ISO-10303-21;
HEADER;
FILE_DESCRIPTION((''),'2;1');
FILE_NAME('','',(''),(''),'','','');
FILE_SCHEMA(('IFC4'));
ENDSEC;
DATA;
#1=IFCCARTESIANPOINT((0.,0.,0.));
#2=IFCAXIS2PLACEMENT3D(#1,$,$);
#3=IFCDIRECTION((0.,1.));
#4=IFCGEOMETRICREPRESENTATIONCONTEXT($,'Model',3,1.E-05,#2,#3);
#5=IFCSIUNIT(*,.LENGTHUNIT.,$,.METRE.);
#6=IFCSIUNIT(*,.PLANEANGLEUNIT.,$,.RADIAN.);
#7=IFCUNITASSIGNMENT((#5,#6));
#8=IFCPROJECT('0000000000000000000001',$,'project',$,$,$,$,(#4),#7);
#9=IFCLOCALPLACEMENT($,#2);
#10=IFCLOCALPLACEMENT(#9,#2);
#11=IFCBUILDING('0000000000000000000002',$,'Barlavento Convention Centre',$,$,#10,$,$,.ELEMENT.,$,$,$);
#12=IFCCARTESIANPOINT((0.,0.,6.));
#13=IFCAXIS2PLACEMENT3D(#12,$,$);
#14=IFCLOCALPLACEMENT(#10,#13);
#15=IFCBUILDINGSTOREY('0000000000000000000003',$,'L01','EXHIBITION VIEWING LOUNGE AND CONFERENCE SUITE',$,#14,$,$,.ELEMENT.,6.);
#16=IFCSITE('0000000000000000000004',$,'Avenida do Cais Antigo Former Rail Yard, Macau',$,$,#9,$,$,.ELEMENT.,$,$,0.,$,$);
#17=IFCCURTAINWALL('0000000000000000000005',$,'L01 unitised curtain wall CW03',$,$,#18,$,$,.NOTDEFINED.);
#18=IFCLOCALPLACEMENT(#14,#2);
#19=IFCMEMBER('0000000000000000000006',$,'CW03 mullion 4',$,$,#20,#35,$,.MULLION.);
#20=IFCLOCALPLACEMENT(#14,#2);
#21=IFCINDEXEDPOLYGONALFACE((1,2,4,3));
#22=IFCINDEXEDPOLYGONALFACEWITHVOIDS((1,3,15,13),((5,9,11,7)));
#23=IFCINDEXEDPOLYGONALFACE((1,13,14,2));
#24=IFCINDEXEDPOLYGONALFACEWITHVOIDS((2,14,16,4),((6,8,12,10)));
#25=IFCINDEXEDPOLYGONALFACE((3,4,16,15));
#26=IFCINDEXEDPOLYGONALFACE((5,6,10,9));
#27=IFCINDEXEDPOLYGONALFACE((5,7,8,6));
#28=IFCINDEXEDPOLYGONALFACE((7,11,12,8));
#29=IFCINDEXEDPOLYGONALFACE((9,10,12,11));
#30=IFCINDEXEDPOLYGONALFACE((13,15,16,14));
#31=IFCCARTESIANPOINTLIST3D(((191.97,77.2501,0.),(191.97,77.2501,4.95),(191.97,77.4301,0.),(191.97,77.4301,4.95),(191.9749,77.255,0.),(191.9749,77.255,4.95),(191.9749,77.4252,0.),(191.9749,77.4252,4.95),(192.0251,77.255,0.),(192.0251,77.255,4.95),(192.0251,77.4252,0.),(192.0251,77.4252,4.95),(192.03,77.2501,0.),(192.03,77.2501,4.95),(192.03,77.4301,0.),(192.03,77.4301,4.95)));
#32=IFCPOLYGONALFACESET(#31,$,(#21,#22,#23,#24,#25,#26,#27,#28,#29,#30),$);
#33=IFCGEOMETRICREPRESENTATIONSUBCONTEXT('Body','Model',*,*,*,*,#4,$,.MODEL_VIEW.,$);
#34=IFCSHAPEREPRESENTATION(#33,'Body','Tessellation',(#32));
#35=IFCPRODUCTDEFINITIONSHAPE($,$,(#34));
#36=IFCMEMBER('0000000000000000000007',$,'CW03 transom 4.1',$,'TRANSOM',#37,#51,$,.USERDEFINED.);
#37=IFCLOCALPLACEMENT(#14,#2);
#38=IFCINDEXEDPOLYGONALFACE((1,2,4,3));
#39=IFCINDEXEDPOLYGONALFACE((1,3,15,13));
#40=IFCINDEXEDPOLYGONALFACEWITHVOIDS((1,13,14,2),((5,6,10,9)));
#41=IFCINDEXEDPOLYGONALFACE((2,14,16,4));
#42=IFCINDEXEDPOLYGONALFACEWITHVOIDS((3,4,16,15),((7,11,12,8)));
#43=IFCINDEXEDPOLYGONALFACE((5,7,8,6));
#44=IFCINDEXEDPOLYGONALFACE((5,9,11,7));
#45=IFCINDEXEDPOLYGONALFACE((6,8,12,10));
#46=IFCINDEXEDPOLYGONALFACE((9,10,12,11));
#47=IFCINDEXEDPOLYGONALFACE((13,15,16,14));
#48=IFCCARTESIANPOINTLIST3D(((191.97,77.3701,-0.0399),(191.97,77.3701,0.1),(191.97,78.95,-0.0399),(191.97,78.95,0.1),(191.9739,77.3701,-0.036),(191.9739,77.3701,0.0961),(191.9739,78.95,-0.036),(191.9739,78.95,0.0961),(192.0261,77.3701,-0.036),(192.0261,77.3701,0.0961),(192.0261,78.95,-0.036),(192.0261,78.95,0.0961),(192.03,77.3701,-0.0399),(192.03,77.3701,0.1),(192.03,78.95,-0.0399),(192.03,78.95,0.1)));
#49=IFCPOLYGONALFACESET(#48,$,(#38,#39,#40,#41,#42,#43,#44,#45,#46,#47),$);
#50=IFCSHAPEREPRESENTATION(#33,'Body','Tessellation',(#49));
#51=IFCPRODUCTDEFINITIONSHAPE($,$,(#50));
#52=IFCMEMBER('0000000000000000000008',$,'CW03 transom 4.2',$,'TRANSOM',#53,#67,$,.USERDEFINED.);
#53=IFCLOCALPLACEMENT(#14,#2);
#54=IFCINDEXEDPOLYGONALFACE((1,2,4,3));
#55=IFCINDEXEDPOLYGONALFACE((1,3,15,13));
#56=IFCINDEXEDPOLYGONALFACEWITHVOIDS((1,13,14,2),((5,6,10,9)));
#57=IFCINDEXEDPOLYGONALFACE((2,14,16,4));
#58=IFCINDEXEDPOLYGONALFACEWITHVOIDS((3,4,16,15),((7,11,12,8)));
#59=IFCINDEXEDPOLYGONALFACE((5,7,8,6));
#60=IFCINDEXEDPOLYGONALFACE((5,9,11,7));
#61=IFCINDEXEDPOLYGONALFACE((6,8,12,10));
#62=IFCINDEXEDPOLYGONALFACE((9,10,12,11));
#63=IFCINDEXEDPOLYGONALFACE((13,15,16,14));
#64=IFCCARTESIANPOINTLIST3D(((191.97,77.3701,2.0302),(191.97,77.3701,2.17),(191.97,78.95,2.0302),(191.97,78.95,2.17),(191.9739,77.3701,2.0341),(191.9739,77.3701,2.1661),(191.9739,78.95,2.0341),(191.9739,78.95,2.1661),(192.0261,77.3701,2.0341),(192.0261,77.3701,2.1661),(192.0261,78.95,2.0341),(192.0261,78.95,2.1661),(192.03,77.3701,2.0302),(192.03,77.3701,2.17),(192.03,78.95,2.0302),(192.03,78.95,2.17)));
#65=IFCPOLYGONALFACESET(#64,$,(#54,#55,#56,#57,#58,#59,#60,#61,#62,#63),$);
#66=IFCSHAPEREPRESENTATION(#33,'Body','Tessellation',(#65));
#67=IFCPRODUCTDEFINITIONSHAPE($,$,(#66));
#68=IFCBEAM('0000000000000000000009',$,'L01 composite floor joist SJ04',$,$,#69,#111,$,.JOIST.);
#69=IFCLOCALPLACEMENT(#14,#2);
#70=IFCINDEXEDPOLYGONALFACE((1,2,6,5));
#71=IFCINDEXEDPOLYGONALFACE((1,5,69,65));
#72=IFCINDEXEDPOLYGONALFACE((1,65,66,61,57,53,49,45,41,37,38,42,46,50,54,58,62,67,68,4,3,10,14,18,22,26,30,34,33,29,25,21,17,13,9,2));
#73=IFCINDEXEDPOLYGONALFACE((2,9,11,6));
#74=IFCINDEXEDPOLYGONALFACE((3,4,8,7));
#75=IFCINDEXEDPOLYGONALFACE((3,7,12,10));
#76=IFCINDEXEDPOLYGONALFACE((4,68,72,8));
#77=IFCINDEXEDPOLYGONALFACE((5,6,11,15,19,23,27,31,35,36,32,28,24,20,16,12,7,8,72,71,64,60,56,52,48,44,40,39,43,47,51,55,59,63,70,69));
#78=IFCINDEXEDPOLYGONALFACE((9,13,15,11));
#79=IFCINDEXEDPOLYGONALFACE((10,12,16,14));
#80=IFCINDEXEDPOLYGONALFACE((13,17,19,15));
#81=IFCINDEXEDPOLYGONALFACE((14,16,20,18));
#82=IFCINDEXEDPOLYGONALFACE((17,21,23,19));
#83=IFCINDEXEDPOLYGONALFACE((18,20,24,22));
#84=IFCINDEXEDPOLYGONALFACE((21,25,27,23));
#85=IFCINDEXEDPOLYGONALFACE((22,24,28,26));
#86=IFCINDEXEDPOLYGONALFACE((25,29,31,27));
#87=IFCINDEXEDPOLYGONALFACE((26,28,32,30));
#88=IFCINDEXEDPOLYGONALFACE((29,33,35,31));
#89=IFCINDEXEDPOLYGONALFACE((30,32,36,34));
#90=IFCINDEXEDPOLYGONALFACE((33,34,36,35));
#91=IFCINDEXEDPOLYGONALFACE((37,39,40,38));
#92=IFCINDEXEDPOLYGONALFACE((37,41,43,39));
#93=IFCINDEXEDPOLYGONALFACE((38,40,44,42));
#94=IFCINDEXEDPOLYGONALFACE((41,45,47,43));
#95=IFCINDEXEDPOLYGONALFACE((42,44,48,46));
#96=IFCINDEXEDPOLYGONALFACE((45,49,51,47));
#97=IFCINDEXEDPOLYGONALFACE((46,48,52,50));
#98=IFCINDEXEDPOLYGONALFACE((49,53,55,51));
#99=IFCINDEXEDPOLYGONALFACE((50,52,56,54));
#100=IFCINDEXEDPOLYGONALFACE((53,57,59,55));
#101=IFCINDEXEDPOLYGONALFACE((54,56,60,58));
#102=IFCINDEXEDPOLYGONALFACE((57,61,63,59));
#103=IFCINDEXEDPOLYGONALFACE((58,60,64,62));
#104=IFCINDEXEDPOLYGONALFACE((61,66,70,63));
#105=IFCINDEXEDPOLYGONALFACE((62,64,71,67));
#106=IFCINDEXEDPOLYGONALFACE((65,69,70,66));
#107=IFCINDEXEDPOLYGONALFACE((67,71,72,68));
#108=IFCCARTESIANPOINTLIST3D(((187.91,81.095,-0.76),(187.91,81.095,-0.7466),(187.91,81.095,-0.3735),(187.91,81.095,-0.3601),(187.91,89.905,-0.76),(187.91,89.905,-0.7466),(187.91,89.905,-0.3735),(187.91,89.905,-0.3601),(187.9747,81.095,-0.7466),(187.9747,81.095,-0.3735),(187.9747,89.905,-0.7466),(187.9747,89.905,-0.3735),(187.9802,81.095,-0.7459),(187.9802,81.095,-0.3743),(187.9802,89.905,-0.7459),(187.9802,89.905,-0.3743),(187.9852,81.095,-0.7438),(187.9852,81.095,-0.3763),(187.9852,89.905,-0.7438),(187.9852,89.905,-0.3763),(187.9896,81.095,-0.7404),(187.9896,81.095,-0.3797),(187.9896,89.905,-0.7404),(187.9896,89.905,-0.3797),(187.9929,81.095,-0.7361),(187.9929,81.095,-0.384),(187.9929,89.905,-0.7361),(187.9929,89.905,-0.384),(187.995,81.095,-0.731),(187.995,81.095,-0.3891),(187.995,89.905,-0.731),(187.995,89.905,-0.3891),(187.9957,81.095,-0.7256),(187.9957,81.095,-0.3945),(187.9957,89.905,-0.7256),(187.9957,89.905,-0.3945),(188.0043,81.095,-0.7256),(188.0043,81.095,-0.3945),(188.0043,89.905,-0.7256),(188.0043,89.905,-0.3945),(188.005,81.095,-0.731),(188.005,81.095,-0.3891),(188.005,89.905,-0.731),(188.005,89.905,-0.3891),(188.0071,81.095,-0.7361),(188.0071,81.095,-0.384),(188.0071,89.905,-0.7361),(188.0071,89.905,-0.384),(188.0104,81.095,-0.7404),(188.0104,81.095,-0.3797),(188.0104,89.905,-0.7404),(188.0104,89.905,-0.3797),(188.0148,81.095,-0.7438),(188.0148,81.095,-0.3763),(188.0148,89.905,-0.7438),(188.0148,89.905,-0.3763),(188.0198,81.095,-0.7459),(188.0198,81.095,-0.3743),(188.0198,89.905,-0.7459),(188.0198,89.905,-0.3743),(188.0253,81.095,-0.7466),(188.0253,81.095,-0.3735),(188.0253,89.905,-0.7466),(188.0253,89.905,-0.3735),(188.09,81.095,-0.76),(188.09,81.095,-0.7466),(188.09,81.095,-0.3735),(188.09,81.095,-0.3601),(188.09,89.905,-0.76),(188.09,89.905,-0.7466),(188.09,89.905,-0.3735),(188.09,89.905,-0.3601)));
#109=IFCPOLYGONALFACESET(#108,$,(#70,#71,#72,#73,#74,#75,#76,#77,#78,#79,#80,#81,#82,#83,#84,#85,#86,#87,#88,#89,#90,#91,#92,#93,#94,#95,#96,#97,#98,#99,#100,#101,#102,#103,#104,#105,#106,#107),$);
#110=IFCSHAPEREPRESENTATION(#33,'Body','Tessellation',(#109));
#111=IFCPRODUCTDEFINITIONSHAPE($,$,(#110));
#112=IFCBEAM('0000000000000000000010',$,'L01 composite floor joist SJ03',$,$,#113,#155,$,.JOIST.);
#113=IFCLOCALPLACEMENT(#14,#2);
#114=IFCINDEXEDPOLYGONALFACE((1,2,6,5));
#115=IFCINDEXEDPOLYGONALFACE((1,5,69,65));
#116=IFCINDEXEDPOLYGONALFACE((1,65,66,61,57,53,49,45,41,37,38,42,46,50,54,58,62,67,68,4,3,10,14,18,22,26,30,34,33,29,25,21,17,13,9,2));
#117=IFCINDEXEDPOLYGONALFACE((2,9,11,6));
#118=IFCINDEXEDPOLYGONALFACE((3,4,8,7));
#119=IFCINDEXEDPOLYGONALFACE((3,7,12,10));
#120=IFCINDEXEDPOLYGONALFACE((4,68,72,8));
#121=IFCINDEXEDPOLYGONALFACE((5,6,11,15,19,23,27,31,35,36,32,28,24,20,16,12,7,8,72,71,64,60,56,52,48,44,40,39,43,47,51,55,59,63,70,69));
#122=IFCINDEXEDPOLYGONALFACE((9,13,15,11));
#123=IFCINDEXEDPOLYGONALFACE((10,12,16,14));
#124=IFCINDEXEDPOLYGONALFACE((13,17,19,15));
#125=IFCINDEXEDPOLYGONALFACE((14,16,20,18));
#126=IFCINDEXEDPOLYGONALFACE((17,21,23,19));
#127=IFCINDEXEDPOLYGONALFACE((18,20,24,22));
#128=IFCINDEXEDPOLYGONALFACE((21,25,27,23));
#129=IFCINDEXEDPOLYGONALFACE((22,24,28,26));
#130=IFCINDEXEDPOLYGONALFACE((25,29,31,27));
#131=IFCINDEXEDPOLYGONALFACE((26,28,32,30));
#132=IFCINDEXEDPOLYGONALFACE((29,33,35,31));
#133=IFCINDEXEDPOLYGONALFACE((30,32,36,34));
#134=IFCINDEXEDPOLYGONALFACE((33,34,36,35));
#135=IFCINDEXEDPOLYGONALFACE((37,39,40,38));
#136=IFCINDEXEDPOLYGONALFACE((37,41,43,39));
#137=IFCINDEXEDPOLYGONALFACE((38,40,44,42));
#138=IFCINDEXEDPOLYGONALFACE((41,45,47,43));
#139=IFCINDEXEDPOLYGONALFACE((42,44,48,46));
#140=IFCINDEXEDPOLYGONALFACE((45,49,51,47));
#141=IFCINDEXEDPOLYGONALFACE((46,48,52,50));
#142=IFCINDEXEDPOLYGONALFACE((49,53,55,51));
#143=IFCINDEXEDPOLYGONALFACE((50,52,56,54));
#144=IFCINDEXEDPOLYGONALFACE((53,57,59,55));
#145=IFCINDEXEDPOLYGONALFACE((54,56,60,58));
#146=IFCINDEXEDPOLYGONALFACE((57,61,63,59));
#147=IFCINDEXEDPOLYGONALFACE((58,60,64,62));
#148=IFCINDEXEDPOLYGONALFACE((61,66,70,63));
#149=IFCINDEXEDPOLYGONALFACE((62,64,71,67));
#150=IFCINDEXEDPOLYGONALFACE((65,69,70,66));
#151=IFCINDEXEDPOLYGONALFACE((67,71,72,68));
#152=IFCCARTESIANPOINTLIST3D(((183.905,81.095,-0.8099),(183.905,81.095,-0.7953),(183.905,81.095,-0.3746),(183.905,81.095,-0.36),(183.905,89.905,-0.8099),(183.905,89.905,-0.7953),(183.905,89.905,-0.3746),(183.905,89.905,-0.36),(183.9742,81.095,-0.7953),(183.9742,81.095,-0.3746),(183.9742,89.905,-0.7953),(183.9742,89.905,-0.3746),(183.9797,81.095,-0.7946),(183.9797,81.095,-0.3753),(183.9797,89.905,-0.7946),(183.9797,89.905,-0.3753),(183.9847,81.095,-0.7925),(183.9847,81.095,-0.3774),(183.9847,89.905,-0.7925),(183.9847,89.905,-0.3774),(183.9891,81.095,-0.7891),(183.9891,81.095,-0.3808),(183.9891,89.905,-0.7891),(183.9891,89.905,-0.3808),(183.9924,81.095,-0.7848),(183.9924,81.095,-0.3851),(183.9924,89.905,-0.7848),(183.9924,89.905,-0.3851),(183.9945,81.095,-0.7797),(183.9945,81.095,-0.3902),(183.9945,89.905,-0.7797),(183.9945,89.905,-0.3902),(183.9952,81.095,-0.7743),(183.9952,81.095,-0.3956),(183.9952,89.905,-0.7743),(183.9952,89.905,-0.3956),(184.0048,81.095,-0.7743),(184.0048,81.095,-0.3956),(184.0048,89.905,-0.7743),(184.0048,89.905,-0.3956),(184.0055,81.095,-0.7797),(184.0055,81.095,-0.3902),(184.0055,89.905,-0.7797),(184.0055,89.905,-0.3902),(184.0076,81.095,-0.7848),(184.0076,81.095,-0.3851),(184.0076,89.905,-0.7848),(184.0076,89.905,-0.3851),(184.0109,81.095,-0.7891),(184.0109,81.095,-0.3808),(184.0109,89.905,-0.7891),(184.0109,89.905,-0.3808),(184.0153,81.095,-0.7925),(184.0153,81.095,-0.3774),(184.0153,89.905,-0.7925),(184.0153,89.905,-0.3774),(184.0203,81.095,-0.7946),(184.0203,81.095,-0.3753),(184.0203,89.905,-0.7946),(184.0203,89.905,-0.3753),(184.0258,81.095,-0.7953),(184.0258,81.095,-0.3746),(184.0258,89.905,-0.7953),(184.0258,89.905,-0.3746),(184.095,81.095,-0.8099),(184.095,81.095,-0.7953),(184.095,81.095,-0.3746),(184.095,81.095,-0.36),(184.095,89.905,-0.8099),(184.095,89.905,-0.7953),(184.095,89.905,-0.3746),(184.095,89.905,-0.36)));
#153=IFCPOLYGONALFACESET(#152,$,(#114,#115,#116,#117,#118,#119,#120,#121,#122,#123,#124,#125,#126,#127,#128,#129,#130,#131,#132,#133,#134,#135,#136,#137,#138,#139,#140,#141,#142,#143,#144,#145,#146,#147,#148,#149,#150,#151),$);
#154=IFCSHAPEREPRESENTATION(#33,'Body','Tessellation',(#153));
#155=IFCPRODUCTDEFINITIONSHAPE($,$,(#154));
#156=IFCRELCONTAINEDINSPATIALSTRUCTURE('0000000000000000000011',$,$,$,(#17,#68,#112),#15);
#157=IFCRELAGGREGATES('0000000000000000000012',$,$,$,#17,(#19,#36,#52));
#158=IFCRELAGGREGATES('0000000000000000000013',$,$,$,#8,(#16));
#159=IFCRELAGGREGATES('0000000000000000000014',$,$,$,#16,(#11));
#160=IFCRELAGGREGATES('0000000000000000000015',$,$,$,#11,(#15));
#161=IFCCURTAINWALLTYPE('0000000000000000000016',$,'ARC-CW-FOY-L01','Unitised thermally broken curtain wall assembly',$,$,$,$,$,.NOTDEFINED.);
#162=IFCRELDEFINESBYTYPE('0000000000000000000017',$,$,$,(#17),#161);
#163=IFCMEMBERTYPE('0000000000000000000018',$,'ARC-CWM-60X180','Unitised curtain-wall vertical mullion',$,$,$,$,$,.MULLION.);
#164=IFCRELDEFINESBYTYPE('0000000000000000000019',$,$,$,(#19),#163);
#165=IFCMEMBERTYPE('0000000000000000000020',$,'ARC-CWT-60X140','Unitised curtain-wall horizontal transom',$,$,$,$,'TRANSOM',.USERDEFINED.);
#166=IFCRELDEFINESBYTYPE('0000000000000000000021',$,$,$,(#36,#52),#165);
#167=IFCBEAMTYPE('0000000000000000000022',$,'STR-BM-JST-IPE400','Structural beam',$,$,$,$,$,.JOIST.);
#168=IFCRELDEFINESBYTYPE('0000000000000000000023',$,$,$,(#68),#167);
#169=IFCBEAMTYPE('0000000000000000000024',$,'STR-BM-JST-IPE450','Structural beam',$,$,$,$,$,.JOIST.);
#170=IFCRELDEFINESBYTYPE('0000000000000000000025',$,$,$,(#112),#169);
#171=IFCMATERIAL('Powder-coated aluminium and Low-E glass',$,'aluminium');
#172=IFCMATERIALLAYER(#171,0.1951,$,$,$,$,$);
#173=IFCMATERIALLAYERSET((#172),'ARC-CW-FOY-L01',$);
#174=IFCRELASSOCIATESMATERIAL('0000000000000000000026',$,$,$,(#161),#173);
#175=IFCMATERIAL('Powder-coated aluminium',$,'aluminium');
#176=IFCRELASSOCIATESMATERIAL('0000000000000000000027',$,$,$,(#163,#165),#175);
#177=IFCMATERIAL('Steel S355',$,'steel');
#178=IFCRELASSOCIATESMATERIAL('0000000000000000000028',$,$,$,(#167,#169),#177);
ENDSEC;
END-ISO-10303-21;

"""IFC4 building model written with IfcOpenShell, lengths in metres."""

from ifc_helpers import new_model, si_unit, direction, frame, origin, origin_2d, place, context, subcontext, project, spatial, hollow_rectangle, i_section, extrude, material, layer, layer_set, material_profile, profile_set, type_object, element, aggregate, save


model = new_model("IFC4")

# Units and contexts
model_context = context("Model", 3, precision=1e-05, world=origin(), true_north=direction((0.0, 1.0)))
body_context = subcontext(model_context, "Body", "Model", "MODEL_VIEW")
ifc_project = project(units=[si_unit("LENGTHUNIT", "METRE"), si_unit("PLANEANGLEUNIT", "RADIAN")], contexts=[model_context])

# Site, building, storey
site_placement = place(None, origin())
site = spatial("IfcSite", under=ifc_project, at=site_placement, Name="Avenida do Cais Antigo Former Rail Yard, Macau", CompositionType="ELEMENT", RefElevation=0.0)
building_placement = place(site_placement, origin())
building = spatial("IfcBuilding", under=site, at=building_placement, Name="Barlavento Convention Centre", CompositionType="ELEMENT")
storey_placement = place(building_placement, frame((0.0, 0.0, 6.0)))
storey = spatial("IfcBuildingStorey", under=building, at=storey_placement, Name="L01", Description="EXHIBITION VIEWING LOUNGE AND CONFERENCE SUITE", CompositionType="ELEMENT", Elevation=6.0)

# Curtain wall, members
ifc_material_1 = material(Name="Powder-coated aluminium and Low-E glass", Category="aluminium")
ifc_layer_1 = layer(ifc_material_1, 0.1951)
ifc_layer_set_1 = layer_set([ifc_layer_1], Name="ARC-CW-FOY-L01")
curtain_wall_type = type_object("IfcCurtainWallType", Name="ARC-CW-FOY-L01", Description="Unitised thermally broken curtain wall assembly", PredefinedType="NOTDEFINED", material=ifc_layer_set_1)
curtain_wall_placement = place(storey_placement, origin())
curtain_wall = element("IfcCurtainWall", 1, at=curtain_wall_placement, inside=storey, type_object=curtain_wall_type, Name="L01 unitised curtain wall CW03", PredefinedType="NOTDEFINED")
ifc_material_2 = material(Name="Powder-coated aluminium", Category="aluminium")
ifc_material_profile_1 = material_profile(ifc_material_2, hollow_rectangle(XDim=0.0601, YDim=0.1799, WallThickness=0.0049, at=origin_2d()), Name="AL-MULL 60x180x5")
ifc_profile_set_1 = profile_set([ifc_material_profile_1], Name="Powder-coated aluminium")
member_type_1 = type_object("IfcMemberType", Name="ARC-CWM-60X180", Description="Unitised curtain-wall vertical mullion", PredefinedType="MULLION", material=ifc_profile_set_1)
member_1_placement = place(storey_placement, frame((192.0, 77.3401, 0.0), z_axis=(0.0, 0.0, 1.0), x_axis=(-1.0, 0.0, 0.0)))
member_1 = element("IfcMember", 2, at=member_1_placement, type_object=member_type_1, Name="CW03 mullion 4", PredefinedType="MULLION", context=body_context, shape_type="SweptSolid", body=[
    extrude(hollow_rectangle(XDim=0.0601, YDim=0.1799, WallThickness=0.0049, at=origin_2d()), origin(), (0.0, 0.0, 1.0), 4.95),
])
ifc_material_profile_2 = material_profile(ifc_material_2, hollow_rectangle(XDim=0.0601, YDim=0.1399, WallThickness=0.0039, at=origin_2d()), Name="AL-TRAN 60x140x4")
ifc_profile_set_2 = profile_set([ifc_material_profile_2], Name="Powder-coated aluminium")
member_type_2 = type_object("IfcMemberType", Name="ARC-CWT-60X140", Description="Unitised curtain-wall horizontal transom", ElementType="TRANSOM", PredefinedType="USERDEFINED", material=ifc_profile_set_2)
member_2_placement = place(storey_placement, frame((192.0, 77.3701, 0.03), z_axis=(0.0, 1.0, 0.0), x_axis=(-1.0, 0.0, 0.0)))
member_2 = element("IfcMember", 3, at=member_2_placement, type_object=member_type_2, Name="CW03 transom 4.1", ObjectType="TRANSOM", PredefinedType="USERDEFINED", context=body_context, shape_type="SweptSolid", body=[
    extrude(hollow_rectangle(XDim=0.0601, YDim=0.1399, WallThickness=0.0039, at=origin_2d()), origin(), (0.0, 0.0, 1.0), 1.5798),
])
member_3_placement = place(storey_placement, frame((192.0, 77.3701, 2.1001), z_axis=(0.0, 1.0, 0.0), x_axis=(-1.0, 0.0, 0.0)))
member_3 = element("IfcMember", 4, at=member_3_placement, type_object=member_type_2, Name="CW03 transom 4.2", ObjectType="TRANSOM", PredefinedType="USERDEFINED", context=body_context, shape_type="SweptSolid", body=[
    extrude(hollow_rectangle(XDim=0.0601, YDim=0.1399, WallThickness=0.0039, at=origin_2d()), origin(), (0.0, 0.0, 1.0), 1.5798),
])

# Beams
ifc_material_3 = material(Name="Steel S355", Category="steel")
ifc_material_profile_3 = material_profile(ifc_material_3, i_section(OverallWidth=0.1799, OverallDepth=0.3999, WebThickness=0.0085, FlangeThickness=0.0134, FilletRadius=0.021, at=origin_2d()), Name="IPE 400")
ifc_profile_set_3 = profile_set([ifc_material_profile_3], Name="Steel S355")
beam_type_1 = type_object("IfcBeamType", Name="STR-BM-JST-IPE400", Description="Structural beam", PredefinedType="JOIST", material=ifc_profile_set_3)
beam_1_placement = place(storey_placement, frame((188.0, 81.095, -0.5601), z_axis=(0.0, 1.0, 0.0), x_axis=(-1.0, 0.0, 0.0)))
element("IfcBeam", 5, at=beam_1_placement, inside=storey, type_object=beam_type_1, Name="L01 composite floor joist SJ04", PredefinedType="JOIST", context=body_context, shape_type="SweptSolid", body=[
    extrude(i_section(OverallWidth=0.1799, OverallDepth=0.3999, WebThickness=0.0085, FlangeThickness=0.0134, FilletRadius=0.021, at=origin_2d()), origin(), (0.0, 0.0, 1.0), 8.8101),
])
ifc_material_profile_4 = material_profile(ifc_material_3, i_section(OverallWidth=0.1899, OverallDepth=0.45, WebThickness=0.0095, FlangeThickness=0.0146, FilletRadius=0.021, at=origin_2d()), Name="IPE 450")
ifc_profile_set_4 = profile_set([ifc_material_profile_4], Name="Steel S355")
beam_type_2 = type_object("IfcBeamType", Name="STR-BM-JST-IPE450", Description="Structural beam", PredefinedType="JOIST", material=ifc_profile_set_4)
beam_2_placement = place(storey_placement, frame((184.0, 81.095, -0.585), z_axis=(0.0, 1.0, 0.0), x_axis=(-1.0, 0.0, 0.0)))
element("IfcBeam", 6, at=beam_2_placement, inside=storey, type_object=beam_type_2, Name="L01 composite floor joist SJ03", PredefinedType="JOIST", context=body_context, shape_type="SweptSolid", body=[
    extrude(i_section(OverallWidth=0.1899, OverallDepth=0.45, WebThickness=0.0095, FlangeThickness=0.0146, FilletRadius=0.021, at=origin_2d()), origin(), (0.0, 0.0, 1.0), 8.8101),
])

aggregate(curtain_wall, [member_1, member_2, member_3])

save(model, "model.ifc")
